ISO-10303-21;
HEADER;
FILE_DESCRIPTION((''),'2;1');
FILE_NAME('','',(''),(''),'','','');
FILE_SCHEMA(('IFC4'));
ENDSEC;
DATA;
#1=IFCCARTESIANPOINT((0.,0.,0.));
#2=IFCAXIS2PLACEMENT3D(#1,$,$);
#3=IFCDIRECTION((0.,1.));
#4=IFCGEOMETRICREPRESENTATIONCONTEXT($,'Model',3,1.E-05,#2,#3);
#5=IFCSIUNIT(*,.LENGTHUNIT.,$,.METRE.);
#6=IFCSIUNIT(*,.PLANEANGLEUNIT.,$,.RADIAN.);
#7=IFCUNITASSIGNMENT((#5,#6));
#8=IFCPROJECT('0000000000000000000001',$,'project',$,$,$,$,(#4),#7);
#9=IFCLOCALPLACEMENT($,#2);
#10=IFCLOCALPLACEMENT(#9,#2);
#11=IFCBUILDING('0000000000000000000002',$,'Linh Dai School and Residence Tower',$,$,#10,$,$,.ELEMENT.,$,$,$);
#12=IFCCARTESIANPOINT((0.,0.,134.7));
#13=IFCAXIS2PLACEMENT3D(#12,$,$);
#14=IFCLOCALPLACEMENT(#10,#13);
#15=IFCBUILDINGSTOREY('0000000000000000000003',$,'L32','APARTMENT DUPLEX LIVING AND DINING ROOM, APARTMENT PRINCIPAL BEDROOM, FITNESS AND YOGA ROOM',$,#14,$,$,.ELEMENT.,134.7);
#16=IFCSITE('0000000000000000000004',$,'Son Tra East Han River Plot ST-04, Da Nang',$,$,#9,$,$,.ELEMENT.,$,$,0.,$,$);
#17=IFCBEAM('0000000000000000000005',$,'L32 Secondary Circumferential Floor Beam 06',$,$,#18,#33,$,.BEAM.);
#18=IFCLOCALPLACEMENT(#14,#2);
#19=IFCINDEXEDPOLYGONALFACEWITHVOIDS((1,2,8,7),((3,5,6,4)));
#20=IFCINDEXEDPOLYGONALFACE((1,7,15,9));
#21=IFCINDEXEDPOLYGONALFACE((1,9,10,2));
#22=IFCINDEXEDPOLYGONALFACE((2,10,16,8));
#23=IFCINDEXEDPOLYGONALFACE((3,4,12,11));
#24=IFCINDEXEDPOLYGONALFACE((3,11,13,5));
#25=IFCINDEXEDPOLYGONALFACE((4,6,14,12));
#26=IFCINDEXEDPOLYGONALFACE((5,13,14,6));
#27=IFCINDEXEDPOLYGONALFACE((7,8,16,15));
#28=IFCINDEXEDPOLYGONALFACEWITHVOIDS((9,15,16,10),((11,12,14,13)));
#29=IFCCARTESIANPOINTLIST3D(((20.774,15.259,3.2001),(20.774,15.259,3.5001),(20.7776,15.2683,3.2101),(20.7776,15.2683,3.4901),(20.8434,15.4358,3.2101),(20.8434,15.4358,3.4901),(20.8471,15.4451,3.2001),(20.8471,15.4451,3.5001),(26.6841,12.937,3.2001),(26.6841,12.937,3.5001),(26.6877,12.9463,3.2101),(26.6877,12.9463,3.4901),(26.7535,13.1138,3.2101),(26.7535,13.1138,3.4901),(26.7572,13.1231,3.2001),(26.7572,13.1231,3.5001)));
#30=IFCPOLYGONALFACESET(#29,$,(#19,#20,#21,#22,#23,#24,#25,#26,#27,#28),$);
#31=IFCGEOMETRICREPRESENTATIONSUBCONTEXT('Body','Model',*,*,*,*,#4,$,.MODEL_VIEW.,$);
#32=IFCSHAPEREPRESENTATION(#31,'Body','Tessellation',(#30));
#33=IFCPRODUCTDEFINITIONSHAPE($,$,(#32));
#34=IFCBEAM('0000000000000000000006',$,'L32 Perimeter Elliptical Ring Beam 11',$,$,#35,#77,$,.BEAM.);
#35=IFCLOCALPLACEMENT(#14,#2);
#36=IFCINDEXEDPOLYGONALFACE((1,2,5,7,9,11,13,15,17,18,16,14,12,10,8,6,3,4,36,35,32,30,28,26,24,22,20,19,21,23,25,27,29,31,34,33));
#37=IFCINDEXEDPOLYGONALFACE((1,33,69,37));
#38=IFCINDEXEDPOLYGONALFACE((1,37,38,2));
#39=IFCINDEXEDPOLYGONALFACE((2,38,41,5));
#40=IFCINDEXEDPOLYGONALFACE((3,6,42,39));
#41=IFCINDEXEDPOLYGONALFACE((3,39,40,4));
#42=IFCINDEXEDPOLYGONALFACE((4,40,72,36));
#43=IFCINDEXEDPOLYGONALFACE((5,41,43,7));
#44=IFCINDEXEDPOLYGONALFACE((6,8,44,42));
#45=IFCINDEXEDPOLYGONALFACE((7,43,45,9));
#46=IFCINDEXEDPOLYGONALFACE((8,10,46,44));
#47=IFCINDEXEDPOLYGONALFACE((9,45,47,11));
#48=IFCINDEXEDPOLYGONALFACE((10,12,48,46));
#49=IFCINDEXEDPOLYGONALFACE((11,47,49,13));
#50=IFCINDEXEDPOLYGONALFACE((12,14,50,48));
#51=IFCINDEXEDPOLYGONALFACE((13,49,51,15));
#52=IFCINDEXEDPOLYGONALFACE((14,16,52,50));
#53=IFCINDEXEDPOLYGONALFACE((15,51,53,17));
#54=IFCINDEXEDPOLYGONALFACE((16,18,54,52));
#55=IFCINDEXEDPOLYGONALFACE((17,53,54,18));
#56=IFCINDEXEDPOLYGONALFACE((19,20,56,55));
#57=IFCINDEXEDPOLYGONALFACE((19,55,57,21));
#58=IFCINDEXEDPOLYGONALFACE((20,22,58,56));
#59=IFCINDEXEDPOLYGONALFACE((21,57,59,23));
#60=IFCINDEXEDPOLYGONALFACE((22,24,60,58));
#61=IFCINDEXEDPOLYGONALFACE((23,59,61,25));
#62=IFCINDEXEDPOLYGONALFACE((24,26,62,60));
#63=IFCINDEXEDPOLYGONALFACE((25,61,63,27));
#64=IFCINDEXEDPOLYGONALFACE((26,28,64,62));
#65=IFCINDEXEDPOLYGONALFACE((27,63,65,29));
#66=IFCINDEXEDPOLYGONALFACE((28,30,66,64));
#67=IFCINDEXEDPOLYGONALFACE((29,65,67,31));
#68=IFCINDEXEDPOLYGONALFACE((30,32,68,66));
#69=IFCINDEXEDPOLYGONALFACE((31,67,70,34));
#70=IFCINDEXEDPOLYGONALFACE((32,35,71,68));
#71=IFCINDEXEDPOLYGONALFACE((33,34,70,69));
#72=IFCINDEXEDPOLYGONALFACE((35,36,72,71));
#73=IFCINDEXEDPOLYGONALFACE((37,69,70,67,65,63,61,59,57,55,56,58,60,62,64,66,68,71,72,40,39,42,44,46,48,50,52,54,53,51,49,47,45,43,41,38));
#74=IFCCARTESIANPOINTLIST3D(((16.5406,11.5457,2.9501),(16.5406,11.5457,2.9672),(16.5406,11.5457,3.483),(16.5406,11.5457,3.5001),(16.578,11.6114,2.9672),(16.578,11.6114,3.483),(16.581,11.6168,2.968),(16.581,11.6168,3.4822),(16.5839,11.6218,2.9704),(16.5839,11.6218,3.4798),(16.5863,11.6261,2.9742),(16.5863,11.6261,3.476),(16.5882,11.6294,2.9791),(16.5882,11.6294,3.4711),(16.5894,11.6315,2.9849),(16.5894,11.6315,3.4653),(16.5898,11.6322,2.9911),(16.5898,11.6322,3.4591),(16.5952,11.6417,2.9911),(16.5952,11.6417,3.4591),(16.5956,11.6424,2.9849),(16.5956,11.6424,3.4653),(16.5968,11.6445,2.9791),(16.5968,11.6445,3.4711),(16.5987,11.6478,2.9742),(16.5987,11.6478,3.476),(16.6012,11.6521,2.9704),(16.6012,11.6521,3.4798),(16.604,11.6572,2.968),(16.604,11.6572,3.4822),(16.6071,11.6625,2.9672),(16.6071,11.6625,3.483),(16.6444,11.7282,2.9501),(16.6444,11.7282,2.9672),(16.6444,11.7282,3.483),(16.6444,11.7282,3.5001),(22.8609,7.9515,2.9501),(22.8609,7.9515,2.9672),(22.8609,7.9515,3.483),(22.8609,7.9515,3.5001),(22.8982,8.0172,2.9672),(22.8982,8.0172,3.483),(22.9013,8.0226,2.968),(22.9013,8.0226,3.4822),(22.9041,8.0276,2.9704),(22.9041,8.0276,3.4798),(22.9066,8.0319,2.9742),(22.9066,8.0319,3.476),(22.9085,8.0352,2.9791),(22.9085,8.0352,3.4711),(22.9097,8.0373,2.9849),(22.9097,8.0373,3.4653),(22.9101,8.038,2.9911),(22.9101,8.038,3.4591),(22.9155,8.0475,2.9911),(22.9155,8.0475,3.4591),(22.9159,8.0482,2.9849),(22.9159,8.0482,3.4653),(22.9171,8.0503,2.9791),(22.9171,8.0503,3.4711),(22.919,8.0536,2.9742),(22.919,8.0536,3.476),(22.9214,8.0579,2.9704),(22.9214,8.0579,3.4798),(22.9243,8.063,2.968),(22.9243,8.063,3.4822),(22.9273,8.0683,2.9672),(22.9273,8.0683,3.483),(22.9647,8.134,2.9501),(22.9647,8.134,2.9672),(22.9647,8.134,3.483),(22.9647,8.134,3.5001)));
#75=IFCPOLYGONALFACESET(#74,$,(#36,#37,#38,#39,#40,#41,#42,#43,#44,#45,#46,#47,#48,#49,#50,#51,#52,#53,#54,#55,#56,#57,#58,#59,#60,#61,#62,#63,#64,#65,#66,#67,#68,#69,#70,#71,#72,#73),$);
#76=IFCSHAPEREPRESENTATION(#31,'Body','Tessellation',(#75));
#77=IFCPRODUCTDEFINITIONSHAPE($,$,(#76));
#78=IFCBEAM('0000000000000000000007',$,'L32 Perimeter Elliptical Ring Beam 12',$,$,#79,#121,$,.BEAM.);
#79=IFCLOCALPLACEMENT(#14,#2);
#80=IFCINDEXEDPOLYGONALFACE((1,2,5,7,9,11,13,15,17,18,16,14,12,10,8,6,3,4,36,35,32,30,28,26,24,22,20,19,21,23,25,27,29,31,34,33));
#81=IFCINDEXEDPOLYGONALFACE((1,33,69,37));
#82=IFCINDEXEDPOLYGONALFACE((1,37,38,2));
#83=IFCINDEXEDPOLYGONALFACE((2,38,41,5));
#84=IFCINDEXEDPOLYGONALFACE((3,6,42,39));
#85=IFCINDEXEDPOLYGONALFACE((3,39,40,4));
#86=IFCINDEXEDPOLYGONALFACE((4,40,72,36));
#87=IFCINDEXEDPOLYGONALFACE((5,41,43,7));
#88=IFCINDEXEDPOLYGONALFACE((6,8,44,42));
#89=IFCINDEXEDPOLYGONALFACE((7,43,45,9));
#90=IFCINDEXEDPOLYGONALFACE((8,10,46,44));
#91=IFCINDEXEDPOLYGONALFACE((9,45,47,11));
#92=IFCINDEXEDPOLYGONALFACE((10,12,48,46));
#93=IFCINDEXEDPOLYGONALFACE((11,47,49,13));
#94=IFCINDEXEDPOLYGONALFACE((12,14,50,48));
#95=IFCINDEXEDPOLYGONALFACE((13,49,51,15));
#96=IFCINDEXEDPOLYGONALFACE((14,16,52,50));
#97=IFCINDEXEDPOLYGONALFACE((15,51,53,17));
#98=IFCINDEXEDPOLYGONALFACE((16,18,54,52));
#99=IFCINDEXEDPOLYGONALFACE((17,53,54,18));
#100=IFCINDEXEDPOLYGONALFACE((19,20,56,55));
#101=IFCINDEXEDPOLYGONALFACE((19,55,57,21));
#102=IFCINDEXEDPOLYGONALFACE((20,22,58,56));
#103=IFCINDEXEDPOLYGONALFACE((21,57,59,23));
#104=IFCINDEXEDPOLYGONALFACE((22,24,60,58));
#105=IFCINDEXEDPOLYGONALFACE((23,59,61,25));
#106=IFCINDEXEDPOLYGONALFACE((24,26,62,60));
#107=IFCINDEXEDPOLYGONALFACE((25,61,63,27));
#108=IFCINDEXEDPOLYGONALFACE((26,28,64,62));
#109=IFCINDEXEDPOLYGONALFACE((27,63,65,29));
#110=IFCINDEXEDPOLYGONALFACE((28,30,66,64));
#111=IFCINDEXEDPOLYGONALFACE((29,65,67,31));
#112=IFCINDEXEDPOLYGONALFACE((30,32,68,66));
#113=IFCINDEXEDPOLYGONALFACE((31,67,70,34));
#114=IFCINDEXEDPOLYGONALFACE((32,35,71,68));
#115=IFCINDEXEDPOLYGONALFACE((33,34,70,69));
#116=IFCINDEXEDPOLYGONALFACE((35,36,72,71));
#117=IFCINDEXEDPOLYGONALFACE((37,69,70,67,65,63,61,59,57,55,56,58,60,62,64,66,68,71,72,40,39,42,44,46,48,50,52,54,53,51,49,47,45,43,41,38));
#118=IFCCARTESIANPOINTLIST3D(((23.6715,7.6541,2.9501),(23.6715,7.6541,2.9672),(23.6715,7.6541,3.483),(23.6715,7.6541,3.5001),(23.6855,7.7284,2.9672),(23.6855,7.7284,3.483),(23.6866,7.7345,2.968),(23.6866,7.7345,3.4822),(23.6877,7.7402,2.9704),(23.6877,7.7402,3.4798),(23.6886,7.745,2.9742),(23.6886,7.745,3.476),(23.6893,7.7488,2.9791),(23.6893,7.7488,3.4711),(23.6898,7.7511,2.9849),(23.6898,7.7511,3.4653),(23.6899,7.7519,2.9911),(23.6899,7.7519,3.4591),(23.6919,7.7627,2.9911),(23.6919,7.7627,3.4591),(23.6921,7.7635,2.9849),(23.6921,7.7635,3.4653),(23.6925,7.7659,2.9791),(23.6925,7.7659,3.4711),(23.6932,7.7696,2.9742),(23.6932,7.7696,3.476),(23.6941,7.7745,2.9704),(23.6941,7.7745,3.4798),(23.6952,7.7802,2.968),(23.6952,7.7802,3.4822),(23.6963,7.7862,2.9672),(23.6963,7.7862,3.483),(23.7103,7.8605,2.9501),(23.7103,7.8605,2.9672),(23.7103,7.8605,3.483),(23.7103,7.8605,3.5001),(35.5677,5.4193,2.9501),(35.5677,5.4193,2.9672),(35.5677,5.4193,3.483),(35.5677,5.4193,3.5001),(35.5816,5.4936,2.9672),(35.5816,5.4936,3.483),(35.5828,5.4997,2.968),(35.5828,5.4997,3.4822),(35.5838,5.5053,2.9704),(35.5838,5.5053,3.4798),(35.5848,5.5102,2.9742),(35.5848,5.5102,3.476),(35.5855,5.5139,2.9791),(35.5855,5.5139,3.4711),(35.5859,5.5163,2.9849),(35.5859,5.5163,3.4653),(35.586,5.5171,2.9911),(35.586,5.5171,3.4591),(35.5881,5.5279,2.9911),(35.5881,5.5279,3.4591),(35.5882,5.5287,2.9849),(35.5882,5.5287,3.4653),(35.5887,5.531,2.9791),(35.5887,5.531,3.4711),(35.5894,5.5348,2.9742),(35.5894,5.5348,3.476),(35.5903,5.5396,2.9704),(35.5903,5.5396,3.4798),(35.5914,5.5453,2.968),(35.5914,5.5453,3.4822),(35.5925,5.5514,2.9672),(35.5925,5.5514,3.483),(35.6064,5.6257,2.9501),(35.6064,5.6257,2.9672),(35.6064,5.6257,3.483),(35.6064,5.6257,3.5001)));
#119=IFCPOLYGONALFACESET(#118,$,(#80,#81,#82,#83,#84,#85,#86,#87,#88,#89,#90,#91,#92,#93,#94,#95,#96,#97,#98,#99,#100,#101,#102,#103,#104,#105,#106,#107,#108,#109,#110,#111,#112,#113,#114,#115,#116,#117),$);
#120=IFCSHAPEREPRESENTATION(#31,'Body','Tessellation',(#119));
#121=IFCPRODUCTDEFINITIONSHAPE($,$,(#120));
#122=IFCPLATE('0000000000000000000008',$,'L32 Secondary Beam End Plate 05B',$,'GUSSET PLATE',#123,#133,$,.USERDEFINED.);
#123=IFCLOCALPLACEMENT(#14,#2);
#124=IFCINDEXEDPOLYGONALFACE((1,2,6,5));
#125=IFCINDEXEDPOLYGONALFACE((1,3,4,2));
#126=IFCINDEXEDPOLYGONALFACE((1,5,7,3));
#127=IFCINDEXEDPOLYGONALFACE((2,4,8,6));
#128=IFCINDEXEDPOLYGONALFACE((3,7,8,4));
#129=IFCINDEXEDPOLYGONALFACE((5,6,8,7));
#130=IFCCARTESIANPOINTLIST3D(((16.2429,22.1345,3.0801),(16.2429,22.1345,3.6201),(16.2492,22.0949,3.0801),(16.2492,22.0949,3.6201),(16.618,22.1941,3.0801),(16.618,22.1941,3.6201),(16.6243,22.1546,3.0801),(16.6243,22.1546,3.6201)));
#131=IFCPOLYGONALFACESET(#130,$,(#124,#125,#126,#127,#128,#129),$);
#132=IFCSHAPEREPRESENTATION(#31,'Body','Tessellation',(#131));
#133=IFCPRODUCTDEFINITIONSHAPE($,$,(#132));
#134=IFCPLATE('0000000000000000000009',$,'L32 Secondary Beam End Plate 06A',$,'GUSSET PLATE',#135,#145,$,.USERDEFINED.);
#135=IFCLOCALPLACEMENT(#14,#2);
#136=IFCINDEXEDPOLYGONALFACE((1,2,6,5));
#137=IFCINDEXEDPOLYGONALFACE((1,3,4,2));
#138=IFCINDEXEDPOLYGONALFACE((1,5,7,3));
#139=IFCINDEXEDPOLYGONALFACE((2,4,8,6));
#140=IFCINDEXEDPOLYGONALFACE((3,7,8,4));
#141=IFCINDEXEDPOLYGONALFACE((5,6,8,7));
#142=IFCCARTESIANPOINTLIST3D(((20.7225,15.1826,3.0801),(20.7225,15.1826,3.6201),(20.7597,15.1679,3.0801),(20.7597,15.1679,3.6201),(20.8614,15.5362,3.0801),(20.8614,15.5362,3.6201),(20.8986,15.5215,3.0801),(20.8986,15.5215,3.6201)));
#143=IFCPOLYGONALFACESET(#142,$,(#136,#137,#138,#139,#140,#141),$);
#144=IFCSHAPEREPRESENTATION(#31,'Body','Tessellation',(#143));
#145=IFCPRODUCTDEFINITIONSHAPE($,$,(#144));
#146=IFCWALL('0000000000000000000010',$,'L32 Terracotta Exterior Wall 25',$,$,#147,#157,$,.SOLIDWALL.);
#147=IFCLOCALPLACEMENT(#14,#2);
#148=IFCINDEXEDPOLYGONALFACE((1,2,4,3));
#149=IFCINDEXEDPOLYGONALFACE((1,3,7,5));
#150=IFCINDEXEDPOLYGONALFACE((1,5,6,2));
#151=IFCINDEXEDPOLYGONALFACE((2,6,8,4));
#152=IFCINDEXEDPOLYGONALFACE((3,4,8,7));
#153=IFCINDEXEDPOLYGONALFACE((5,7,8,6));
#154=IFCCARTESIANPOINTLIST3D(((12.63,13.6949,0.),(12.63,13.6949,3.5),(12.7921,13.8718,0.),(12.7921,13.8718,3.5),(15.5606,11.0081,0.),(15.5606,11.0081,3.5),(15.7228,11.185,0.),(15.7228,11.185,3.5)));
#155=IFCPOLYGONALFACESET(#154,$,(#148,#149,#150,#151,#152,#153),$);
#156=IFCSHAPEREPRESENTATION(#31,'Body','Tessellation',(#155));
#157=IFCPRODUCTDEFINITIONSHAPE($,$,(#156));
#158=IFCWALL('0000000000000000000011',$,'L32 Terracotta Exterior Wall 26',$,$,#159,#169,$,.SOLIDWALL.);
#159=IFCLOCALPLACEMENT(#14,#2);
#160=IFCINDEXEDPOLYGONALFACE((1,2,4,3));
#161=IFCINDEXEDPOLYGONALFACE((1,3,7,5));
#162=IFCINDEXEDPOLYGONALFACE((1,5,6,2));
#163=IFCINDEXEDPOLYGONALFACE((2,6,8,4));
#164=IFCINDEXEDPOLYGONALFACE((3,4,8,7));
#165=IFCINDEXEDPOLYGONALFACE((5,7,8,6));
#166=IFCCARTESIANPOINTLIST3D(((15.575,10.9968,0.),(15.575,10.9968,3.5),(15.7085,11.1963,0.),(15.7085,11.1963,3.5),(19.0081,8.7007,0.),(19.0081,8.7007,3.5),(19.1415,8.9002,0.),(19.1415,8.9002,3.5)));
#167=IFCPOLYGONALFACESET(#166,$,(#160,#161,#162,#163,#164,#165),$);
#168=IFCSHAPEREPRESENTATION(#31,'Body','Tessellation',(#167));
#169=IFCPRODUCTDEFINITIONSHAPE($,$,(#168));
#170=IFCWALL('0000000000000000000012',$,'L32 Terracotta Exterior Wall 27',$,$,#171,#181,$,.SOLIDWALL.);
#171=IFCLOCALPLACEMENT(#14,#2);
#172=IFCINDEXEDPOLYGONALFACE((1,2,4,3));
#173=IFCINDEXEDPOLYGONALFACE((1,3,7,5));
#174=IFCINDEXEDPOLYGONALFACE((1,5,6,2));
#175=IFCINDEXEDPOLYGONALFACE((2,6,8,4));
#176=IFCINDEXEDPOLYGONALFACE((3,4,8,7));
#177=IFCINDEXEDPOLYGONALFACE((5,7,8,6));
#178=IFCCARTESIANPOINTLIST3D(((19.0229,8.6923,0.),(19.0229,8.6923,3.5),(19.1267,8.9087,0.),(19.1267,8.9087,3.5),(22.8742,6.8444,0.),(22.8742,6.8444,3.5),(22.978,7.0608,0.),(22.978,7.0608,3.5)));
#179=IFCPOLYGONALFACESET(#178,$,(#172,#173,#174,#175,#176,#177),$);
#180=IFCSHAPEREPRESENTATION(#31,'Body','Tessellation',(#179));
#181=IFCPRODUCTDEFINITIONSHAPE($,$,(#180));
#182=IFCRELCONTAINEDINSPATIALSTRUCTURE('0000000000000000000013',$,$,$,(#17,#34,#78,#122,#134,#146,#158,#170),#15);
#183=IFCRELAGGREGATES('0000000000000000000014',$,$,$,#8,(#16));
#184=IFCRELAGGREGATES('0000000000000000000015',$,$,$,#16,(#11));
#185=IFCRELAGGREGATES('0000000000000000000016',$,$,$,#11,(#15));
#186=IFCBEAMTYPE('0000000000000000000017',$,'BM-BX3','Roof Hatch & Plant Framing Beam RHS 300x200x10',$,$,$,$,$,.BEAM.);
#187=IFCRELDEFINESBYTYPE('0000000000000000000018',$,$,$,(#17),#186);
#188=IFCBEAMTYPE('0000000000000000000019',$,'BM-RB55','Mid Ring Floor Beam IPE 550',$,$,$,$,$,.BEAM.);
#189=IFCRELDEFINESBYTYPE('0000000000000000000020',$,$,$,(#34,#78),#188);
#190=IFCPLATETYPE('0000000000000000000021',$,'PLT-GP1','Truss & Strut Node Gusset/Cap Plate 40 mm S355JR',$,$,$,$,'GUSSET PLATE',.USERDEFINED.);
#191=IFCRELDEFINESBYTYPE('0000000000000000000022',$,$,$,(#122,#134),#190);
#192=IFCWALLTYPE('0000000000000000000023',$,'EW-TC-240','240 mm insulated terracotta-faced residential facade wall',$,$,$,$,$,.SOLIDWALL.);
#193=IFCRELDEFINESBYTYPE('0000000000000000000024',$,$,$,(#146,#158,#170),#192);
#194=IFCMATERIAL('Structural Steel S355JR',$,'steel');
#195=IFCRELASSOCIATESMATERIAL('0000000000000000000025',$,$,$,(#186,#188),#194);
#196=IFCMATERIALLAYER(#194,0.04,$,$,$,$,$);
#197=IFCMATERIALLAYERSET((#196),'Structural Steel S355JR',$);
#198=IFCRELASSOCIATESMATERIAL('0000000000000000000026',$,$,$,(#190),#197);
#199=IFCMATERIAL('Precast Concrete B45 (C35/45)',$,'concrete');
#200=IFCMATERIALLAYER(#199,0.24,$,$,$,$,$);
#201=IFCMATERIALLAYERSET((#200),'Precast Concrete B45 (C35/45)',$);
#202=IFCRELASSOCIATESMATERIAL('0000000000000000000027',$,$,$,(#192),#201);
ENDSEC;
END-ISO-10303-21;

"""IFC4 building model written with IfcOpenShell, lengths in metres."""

from ifc_helpers import new_model, si_unit, direction, frame, frame_2d, origin, origin_2d, place, context, subcontext, project, spatial, rectangle, hollow_rectangle, i_section, extrude, source, transform, mapped, material, layer, layer_set, material_profile, profile_set, type_object, element, save


model = new_model("IFC4")

# Units and contexts
model_context = context("Model", 3, precision=1e-05, world=origin(), true_north=direction((0.0, 1.0)))
body_context = subcontext(model_context, "Body", "Model", "MODEL_VIEW")
ifc_project = project(units=[si_unit("LENGTHUNIT", "METRE"), si_unit("PLANEANGLEUNIT", "RADIAN")], contexts=[model_context])

# Site, building, storey
site_placement = place(None, origin())
site = spatial("IfcSite", under=ifc_project, at=site_placement, Name="Son Tra East Han River Plot ST-04, Da Nang", CompositionType="ELEMENT", RefElevation=0.0)
building_placement = place(site_placement, origin())
building = spatial("IfcBuilding", under=site, at=building_placement, Name="Linh Dai School and Residence Tower", CompositionType="ELEMENT")
storey_placement = place(building_placement, frame((0.0, 0.0, 134.7)))
storey = spatial("IfcBuildingStorey", under=building, at=storey_placement, Name="L32", Description="APARTMENT DUPLEX LIVING AND DINING ROOM, APARTMENT PRINCIPAL BEDROOM, FITNESS AND YOGA ROOM", CompositionType="ELEMENT", Elevation=134.7)

# Shared definitions
ifc_material_1 = material(Name="Structural Steel S355JR", Category="steel")

# Beams
ifc_material_profile_1 = material_profile(ifc_material_1, hollow_rectangle(XDim=0.2, YDim=0.3, WallThickness=0.01, at=origin_2d()), Name="RHS 300x200x10")
ifc_profile_set_1 = profile_set([ifc_material_profile_1], Name="Structural Steel S355JR")
beam_type_1 = type_object("IfcBeamType", Name="BM-BX3", Description="Roof Hatch & Plant Framing Beam RHS 300x200x10", PredefinedType="BEAM", material=ifc_profile_set_1)
beam_1_placement = place(storey_placement, frame((20.8105, 15.3521, 3.3501), z_axis=(0.930742, -0.365676, 0.0), x_axis=(0.365676, 0.930742, 0.0)))
element("IfcBeam", 1, at=beam_1_placement, inside=storey, type_object=beam_type_1, Name="L32 Secondary Circumferential Floor Beam 06", PredefinedType="BEAM", context=body_context, shape_type="SweptSolid", body=[
    extrude(hollow_rectangle(XDim=0.2, YDim=0.3, WallThickness=0.01, at=origin_2d()), origin(), (0.0, 0.0, 1.0), 6.3499),
])
ifc_material_profile_2 = material_profile(ifc_material_1, i_section(OverallWidth=0.21, OverallDepth=0.55, WebThickness=0.011, FlangeThickness=0.0171, FilletRadius=0.0239, at=origin_2d()), Name="IPE 550")
ifc_profile_set_2 = profile_set([ifc_material_profile_2], Name="Structural Steel S355JR")
beam_type_2 = type_object("IfcBeamType", Name="BM-RB55", Description="Mid Ring Floor Beam IPE 550", PredefinedType="BEAM", material=ifc_profile_set_2)
beam_2_placement = place(storey_placement, frame((16.5925, 11.637, 3.2251), z_axis=(0.86927, -0.494337, 0.0), x_axis=(0.494337, 0.86927, 0.0)))
element("IfcBeam", 2, at=beam_2_placement, inside=storey, type_object=beam_type_2, Name="L32 Perimeter Elliptical Ring Beam 11", PredefinedType="BEAM", context=body_context, shape_type="SweptSolid", body=[
    extrude(i_section(OverallWidth=0.21, OverallDepth=0.55, WebThickness=0.011, FlangeThickness=0.0171, FilletRadius=0.0239, at=origin_2d()), origin(), (0.0, 0.0, 1.0), 7.2708),
])
beam_3_placement = place(storey_placement, frame((23.6909, 7.7573, 3.2251), z_axis=(0.982808, -0.184633, 0.0), x_axis=(0.184633, 0.982808, 0.0)))
element("IfcBeam", 3, at=beam_3_placement, inside=storey, type_object=beam_type_2, Name="L32 Perimeter Elliptical Ring Beam 12", PredefinedType="BEAM", context=body_context, shape_type="SweptSolid", body=[
    extrude(i_section(OverallWidth=0.21, OverallDepth=0.55, WebThickness=0.011, FlangeThickness=0.0171, FilletRadius=0.0239, at=origin_2d()), origin(), (0.0, 0.0, 1.0), 12.1042),
])

# Plates
ifc_layer_1 = layer(ifc_material_1, 0.04)
ifc_layer_set_1 = layer_set([ifc_layer_1], Name="Structural Steel S355JR")
plate_type = type_object("IfcPlateType", Name="PLT-GP1", Description="Truss & Strut Node Gusset/Cap Plate 40 mm S355JR", ElementType="GUSSET PLATE", PredefinedType="USERDEFINED", material=ifc_layer_set_1)
shared_shape_1 = source(origin(), body_context, "Body", "SweptSolid", [
    extrude(rectangle(XDim=0.04, YDim=0.3799, at=origin_2d()), origin(), (0.0, 0.0, 1.0), 0.54),
])
for number, where, z_axis, x_axis, name in (
    (4, (16.4336, 22.1445, 3.0801), (0.0, 0.0, 1.0), (0.157025, -0.987595, 0.0), "L32 Secondary Beam End Plate 05B"),
    (5, (20.8105, 15.3521, 3.0801), (0.0, 0.0, 1.0), (0.930752, -0.36565, 0.0), "L32 Secondary Beam End Plate 06A"),
):
    element("IfcPlate", number, at=place(storey_placement, frame(where, z_axis=z_axis, x_axis=x_axis)), inside=storey, type_object=plate_type, Name=name, ObjectType="GUSSET PLATE", PredefinedType="USERDEFINED", context=body_context, shape_type="MappedRepresentation", body=[
        mapped(shared_shape_1, transform((0.0, 0.0, 0.0), x_axis=(1.0, 0.0, 0.0), y_axis=(0.0, 1.0, 0.0), z_axis=(0.0, 0.0, 1.0), scale=1.0)),
    ])

# Walls
ifc_material_2 = material(Name="Precast Concrete B45 (C35/45)", Category="concrete")
ifc_layer_2 = layer(ifc_material_2, 0.24)
ifc_layer_set_2 = layer_set([ifc_layer_2], Name="Precast Concrete B45 (C35/45)")
wall_type_1 = type_object("IfcWallType", Name="EW-TC-240", Description="240 mm insulated terracotta-faced residential facade wall", PredefinedType="SOLIDWALL", material=ifc_layer_set_2)
wall_1_placement = place(storey_placement, frame((15.6416, 11.0967, 0.0), z_axis=(0.0, 0.0, 1.0), x_axis=(-0.737113, 0.675769, 0.0)))
element("IfcWall", 6, at=wall_1_placement, inside=storey, type_object=wall_type_1, Name="L32 Terracotta Exterior Wall 25", PredefinedType="SOLIDWALL", context=body_context, shape_type="SweptSolid", body=[
    extrude(rectangle(XDim=3.9758, YDim=0.24, at=frame_2d((1.9878, 0.0))), origin(), (0.0, 0.0, 1.0), 3.5),
])
wall_2_placement = place(storey_placement, frame((19.0747, 8.8005, 0.0), z_axis=(0.0, 0.0, 1.0), x_axis=(-0.831222, 0.555941, 0.0)))
element("IfcWall", 7, at=wall_2_placement, inside=storey, type_object=wall_type_1, Name="L32 Terracotta Exterior Wall 26", PredefinedType="SOLIDWALL", context=body_context, shape_type="SweptSolid", body=[
    extrude(rectangle(XDim=4.1301, YDim=0.24, at=frame_2d((2.0649, 0.0))), origin(), (0.0, 0.0, 1.0), 3.5),
])
wall_3_placement = place(storey_placement, frame((22.926, 6.9526, 0.0), z_axis=(0.0, 0.0, 1.0), x_axis=(-0.90159, 0.432592, 0.0)))
element("IfcWall", 8, at=wall_3_placement, inside=storey, type_object=wall_type_1, Name="L32 Terracotta Exterior Wall 27", PredefinedType="SOLIDWALL", context=body_context, shape_type="SweptSolid", body=[
    extrude(rectangle(XDim=4.2717, YDim=0.24, at=frame_2d((2.1357, 0.0))), origin(), (0.0, 0.0, 1.0), 3.5),
])

save(model, "model.ifc")
